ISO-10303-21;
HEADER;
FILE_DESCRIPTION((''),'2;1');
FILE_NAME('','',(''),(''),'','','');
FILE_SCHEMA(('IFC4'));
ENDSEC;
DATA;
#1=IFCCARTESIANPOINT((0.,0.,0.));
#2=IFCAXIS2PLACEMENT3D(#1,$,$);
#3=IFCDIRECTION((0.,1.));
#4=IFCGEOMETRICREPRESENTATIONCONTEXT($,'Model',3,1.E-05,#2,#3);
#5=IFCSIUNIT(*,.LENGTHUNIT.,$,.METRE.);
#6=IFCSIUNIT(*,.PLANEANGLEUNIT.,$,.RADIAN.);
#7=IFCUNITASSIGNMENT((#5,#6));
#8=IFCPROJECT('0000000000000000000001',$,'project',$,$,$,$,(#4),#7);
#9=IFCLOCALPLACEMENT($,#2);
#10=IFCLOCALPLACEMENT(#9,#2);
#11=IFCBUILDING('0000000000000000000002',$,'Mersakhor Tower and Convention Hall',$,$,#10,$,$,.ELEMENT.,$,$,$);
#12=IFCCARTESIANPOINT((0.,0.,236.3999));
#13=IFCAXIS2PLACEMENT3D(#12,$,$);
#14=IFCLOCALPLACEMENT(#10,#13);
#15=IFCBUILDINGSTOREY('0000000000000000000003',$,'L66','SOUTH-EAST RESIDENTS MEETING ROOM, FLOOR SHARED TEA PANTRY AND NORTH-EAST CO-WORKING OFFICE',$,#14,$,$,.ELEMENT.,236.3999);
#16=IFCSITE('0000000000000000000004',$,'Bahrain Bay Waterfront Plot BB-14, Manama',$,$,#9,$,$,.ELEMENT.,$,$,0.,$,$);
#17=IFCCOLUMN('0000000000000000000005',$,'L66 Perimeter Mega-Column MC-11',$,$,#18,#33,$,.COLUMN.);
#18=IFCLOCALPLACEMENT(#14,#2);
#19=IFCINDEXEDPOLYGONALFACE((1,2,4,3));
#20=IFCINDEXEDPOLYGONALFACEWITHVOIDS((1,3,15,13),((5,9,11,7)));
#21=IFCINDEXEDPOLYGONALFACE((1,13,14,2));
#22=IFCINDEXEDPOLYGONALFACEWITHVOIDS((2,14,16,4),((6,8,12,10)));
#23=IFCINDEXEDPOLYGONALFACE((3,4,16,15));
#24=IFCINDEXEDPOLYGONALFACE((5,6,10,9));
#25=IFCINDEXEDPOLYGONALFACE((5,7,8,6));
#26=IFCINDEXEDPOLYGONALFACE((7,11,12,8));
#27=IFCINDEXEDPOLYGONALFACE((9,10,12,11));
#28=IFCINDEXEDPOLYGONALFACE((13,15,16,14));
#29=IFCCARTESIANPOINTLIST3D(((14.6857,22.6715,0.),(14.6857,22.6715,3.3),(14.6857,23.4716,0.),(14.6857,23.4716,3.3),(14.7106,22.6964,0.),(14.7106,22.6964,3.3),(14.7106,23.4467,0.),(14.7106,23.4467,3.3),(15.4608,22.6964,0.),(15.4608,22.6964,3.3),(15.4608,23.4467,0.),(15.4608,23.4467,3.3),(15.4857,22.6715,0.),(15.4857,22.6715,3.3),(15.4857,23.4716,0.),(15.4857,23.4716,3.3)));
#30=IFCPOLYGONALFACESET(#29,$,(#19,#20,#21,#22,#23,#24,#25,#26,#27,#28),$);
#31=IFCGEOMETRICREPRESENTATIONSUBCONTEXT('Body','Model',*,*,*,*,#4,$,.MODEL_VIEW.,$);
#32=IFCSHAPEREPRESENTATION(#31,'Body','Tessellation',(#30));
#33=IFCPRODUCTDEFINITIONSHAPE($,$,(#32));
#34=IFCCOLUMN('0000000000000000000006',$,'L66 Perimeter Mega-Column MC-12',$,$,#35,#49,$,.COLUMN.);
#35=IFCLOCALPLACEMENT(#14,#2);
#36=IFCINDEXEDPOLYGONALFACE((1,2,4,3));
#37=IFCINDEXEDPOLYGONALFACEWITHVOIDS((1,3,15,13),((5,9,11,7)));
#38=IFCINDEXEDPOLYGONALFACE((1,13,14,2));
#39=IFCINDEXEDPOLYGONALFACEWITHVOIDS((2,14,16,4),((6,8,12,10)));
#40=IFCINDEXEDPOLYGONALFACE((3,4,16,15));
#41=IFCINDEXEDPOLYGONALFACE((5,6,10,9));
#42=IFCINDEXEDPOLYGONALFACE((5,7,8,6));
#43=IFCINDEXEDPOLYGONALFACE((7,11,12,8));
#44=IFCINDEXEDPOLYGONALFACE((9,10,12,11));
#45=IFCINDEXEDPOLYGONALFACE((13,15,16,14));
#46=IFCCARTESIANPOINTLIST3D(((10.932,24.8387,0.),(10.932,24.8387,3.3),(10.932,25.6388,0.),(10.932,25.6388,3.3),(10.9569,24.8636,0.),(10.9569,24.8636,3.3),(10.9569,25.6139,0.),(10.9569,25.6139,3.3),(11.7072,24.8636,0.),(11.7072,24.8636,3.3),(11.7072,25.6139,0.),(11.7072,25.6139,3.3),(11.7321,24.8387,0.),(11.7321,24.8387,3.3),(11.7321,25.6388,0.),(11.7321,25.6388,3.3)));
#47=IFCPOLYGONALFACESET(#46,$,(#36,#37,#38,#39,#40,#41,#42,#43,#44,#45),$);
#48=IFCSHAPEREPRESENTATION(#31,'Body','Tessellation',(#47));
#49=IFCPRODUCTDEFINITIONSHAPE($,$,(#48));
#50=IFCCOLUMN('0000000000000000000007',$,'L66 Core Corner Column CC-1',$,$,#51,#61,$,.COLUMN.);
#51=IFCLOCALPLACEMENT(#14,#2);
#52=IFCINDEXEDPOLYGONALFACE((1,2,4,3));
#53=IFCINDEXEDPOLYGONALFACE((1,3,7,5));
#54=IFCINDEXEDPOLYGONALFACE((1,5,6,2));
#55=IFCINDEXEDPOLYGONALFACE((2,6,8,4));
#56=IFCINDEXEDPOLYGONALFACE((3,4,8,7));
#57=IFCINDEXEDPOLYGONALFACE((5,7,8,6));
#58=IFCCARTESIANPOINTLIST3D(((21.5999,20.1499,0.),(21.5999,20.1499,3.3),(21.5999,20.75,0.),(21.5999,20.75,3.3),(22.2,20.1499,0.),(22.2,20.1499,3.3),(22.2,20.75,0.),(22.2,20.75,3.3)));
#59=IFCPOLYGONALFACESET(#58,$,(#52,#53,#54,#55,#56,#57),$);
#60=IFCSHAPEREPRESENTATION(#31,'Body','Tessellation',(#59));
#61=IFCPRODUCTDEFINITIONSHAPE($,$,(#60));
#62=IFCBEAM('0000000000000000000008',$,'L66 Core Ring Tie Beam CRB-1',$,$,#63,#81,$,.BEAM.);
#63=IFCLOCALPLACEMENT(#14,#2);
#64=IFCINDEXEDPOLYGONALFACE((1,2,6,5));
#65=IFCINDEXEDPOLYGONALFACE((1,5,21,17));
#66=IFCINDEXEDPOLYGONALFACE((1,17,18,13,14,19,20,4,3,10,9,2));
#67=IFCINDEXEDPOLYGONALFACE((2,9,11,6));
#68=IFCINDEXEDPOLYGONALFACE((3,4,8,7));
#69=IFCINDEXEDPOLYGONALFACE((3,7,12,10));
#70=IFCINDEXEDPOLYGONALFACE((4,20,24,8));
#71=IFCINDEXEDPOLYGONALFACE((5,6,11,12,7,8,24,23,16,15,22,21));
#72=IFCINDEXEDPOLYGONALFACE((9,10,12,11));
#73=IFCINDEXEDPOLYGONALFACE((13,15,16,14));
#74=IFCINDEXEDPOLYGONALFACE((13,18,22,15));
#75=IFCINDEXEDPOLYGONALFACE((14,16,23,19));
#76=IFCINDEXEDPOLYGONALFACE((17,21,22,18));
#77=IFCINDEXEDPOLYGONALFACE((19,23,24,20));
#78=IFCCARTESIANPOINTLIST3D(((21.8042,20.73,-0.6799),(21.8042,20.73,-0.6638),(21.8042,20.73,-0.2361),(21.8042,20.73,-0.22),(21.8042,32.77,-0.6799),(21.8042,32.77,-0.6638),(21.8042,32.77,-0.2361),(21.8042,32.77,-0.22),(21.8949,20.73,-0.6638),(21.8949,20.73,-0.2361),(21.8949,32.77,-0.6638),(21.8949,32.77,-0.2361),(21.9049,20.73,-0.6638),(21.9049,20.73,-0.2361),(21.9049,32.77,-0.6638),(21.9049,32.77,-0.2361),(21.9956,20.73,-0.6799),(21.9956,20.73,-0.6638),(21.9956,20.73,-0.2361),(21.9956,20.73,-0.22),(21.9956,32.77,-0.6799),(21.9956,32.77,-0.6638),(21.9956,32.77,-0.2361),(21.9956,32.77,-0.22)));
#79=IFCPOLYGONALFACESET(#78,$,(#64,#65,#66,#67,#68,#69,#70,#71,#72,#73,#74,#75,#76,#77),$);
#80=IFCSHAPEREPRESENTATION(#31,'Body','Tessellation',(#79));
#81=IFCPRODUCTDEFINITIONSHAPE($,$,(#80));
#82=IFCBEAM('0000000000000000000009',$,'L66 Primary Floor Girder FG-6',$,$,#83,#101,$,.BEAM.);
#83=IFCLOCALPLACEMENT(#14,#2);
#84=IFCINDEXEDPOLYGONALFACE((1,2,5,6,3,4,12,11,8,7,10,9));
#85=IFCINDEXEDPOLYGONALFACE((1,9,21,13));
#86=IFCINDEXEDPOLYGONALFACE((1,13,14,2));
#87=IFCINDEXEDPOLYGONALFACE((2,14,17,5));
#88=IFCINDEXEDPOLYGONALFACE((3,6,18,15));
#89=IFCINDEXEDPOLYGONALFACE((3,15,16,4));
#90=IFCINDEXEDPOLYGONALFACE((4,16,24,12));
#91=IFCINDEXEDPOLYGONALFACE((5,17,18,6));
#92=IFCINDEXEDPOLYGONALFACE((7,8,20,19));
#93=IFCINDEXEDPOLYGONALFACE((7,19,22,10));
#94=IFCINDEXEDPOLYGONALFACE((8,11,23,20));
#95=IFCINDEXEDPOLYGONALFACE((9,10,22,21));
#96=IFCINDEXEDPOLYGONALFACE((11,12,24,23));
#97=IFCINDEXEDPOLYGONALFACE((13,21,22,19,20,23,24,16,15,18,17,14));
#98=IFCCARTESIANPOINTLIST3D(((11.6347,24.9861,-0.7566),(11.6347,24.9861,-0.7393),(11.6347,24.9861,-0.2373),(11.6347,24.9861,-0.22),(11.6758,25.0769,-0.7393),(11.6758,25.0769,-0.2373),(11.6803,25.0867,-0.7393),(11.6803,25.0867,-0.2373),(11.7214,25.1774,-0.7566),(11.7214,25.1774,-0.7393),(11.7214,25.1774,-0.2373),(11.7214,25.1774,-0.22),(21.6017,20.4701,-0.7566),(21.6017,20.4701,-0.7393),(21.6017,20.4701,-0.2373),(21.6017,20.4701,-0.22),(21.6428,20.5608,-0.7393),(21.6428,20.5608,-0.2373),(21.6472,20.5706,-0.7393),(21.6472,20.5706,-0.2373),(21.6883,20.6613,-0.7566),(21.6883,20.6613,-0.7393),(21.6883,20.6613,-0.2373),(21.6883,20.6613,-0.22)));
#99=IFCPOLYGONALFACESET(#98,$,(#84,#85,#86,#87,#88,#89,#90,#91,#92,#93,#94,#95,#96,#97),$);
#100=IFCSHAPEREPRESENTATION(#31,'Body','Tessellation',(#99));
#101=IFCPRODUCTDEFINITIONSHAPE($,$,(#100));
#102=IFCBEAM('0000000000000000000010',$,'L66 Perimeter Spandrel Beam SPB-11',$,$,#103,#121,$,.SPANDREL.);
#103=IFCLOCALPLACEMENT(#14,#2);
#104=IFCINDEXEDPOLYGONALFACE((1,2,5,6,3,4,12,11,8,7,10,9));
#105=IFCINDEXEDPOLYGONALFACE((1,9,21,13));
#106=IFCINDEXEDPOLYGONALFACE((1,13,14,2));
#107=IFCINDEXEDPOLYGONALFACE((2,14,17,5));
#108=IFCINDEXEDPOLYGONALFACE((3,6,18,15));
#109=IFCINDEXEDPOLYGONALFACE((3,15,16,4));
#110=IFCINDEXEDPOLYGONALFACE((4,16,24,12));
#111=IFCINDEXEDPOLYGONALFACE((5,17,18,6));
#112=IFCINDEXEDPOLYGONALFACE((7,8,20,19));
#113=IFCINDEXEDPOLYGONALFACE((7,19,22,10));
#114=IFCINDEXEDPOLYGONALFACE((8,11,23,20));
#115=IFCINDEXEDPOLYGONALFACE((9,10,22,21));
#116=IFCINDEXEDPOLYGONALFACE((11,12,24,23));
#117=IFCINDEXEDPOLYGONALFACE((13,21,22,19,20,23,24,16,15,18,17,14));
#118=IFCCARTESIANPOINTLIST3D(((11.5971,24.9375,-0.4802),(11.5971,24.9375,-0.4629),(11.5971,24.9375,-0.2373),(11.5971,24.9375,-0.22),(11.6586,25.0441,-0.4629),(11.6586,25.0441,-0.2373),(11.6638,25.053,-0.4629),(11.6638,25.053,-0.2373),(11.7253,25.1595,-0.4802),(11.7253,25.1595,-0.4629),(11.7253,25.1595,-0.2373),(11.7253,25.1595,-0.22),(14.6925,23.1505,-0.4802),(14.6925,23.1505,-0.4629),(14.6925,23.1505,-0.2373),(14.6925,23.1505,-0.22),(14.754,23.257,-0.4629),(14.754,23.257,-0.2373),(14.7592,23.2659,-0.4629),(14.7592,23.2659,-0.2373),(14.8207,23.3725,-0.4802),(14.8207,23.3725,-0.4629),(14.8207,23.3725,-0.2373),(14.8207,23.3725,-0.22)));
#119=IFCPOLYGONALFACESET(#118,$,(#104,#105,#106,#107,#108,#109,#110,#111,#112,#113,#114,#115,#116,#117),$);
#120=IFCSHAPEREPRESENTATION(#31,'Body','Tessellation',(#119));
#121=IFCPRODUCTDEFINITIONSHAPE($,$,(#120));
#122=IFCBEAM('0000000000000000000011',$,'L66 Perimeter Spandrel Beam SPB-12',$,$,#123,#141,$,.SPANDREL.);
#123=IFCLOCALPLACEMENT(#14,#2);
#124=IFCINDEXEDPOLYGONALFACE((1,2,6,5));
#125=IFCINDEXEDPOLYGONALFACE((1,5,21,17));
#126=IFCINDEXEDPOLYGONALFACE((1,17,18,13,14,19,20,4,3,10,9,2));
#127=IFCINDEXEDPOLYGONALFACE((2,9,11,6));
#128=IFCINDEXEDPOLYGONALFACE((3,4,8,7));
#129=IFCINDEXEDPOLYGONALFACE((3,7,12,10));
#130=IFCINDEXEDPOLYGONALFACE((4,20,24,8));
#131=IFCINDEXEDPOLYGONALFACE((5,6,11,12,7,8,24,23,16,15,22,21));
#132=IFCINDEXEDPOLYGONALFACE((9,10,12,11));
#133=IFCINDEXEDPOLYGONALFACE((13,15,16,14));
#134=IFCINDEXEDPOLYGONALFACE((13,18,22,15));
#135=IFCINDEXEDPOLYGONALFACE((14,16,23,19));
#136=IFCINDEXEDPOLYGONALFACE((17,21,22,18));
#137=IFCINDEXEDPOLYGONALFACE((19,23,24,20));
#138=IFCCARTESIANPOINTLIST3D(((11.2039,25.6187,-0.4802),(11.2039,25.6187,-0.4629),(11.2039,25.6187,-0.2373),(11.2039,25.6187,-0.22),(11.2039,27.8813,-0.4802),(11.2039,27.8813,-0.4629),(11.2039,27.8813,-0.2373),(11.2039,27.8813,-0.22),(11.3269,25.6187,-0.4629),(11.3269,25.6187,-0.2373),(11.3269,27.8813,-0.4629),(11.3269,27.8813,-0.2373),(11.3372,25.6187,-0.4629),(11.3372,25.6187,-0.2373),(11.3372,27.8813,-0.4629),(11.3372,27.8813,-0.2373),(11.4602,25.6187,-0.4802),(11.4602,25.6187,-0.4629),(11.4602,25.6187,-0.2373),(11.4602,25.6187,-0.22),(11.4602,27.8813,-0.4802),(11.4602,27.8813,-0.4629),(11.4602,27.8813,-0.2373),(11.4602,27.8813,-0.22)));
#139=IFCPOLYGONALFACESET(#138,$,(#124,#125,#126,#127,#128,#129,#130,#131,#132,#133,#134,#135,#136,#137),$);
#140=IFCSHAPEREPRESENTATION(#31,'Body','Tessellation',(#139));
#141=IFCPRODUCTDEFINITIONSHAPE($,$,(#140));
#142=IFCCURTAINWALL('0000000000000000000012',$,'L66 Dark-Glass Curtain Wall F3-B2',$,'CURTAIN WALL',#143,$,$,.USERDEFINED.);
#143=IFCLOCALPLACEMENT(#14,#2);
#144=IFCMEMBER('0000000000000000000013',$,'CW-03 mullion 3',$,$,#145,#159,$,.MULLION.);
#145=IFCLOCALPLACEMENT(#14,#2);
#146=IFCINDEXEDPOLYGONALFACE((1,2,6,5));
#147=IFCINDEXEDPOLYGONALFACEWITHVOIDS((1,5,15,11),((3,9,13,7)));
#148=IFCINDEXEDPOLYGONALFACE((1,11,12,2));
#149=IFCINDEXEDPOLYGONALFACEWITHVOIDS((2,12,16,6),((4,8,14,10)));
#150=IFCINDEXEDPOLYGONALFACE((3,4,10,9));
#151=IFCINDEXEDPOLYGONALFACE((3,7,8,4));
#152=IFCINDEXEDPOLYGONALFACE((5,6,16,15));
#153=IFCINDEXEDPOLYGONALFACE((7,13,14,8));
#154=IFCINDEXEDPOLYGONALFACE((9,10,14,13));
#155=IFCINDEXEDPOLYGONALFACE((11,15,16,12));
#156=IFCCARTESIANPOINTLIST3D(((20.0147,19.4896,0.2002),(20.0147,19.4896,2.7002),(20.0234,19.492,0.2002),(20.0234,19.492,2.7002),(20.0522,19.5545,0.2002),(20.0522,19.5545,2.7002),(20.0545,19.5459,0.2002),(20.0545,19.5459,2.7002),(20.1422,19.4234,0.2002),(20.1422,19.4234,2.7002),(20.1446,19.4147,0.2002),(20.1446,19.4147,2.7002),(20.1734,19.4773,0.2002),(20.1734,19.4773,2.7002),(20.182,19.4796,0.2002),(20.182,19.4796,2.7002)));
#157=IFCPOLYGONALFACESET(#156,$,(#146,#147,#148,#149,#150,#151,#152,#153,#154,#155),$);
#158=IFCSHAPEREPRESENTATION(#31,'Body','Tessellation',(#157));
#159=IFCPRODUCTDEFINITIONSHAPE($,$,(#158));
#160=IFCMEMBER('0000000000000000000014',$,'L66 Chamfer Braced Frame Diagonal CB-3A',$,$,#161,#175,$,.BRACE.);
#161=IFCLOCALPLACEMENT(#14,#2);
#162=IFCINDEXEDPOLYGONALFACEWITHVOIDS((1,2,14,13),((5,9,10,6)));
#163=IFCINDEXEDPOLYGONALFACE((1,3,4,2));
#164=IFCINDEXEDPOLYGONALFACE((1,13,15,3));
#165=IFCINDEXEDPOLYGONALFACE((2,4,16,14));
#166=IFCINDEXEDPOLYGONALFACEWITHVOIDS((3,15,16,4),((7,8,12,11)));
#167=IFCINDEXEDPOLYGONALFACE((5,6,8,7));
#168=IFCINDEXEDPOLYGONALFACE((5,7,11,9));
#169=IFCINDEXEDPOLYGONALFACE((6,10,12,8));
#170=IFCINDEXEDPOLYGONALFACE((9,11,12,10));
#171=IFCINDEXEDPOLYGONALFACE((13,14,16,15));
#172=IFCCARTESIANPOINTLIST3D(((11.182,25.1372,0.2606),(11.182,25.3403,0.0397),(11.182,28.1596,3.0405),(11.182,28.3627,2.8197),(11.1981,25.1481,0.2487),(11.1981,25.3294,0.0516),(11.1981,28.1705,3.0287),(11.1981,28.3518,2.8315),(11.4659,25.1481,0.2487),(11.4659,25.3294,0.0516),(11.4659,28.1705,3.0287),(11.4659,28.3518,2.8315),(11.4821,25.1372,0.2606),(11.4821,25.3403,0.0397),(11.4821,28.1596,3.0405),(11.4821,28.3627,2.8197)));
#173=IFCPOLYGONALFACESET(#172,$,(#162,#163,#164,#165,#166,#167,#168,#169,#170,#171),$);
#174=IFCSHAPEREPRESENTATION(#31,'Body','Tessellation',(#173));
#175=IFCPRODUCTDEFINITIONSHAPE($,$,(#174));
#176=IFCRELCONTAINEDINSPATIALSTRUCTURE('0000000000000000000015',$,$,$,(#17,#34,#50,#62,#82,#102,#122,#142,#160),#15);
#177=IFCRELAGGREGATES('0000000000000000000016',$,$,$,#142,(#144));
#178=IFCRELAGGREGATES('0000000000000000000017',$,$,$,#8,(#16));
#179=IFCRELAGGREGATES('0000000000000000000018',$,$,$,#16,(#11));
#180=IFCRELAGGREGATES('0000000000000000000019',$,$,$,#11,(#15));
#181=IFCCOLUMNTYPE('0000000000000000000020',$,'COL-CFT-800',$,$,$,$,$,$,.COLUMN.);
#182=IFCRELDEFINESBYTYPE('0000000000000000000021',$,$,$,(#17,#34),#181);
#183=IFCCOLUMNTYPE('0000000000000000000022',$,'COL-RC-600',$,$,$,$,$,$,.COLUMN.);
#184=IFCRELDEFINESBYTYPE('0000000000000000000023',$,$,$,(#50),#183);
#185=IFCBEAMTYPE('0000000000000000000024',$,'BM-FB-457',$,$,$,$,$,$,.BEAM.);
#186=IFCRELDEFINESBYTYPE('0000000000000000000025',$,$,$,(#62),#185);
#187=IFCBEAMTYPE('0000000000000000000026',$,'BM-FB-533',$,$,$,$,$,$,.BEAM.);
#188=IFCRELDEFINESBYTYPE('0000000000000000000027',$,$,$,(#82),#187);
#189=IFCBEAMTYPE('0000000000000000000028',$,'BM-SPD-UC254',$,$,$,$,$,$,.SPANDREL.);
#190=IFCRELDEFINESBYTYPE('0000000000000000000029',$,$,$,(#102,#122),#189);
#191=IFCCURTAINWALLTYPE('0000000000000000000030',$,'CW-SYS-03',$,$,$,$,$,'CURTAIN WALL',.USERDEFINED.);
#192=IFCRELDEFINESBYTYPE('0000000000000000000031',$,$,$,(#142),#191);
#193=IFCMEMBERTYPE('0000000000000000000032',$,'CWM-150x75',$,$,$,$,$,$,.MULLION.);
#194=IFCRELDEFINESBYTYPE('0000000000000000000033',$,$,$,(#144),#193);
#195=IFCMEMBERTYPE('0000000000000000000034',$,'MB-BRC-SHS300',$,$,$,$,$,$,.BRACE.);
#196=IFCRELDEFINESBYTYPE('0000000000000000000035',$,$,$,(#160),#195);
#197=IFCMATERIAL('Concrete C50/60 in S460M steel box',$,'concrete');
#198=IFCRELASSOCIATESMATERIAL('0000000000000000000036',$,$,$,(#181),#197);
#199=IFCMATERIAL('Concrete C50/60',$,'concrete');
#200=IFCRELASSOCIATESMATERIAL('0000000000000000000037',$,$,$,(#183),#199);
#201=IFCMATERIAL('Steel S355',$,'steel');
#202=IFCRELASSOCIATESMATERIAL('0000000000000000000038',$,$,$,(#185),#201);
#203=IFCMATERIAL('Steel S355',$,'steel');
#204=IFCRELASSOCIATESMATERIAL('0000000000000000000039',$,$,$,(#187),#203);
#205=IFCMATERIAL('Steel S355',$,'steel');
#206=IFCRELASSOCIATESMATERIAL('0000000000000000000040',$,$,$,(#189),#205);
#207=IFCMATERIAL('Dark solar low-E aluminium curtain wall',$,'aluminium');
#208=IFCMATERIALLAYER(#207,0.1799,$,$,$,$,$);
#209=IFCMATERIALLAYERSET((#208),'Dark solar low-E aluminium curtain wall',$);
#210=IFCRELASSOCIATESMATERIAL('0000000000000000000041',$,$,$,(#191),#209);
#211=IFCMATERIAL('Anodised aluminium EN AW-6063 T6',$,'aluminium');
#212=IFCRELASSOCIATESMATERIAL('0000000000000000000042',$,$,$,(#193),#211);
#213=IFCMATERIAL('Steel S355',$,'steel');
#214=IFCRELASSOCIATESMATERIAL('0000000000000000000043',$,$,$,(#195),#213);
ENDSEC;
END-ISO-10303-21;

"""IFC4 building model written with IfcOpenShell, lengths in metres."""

from ifc_helpers import new_model, si_unit, direction, frame, origin, origin_2d, place, context, subcontext, project, spatial, rectangle, hollow_rectangle, i_section, extrude, material, layer, layer_set, material_profile, profile_set, type_object, element, aggregate, save


model = new_model("IFC4")

# Units and contexts
model_context = context("Model", 3, precision=1e-05, world=origin(), true_north=direction((0.0, 1.0)))
body_context = subcontext(model_context, "Body", "Model", "MODEL_VIEW")
ifc_project = project(units=[si_unit("LENGTHUNIT", "METRE"), si_unit("PLANEANGLEUNIT", "RADIAN")], contexts=[model_context])

# Site, building, storey
site_placement = place(None, origin())
site = spatial("IfcSite", under=ifc_project, at=site_placement, Name="Bahrain Bay Waterfront Plot BB-14, Manama", CompositionType="ELEMENT", RefElevation=0.0)
building_placement = place(site_placement, origin())
building = spatial("IfcBuilding", under=site, at=building_placement, Name="Mersakhor Tower and Convention Hall", CompositionType="ELEMENT")
storey_placement = place(building_placement, frame((0.0, 0.0, 236.3999)))
storey = spatial("IfcBuildingStorey", under=building, at=storey_placement, Name="L66", Description="SOUTH-EAST RESIDENTS MEETING ROOM, FLOOR SHARED TEA PANTRY AND NORTH-EAST CO-WORKING OFFICE", CompositionType="ELEMENT", Elevation=236.3999)

# Columns
ifc_material_1 = material(Name="Concrete C50/60 in S460M steel box", Category="concrete")
ifc_material_profile_1 = material_profile(ifc_material_1, hollow_rectangle(XDim=0.8, YDim=0.8, WallThickness=0.0249, at=origin_2d()), Name="SHS 800x800x25")
ifc_profile_set_1 = profile_set([ifc_material_profile_1], Name="Concrete C50/60 in S460M steel box")
column_type_1 = type_object("IfcColumnType", Name="COL-CFT-800", PredefinedType="COLUMN", material=ifc_profile_set_1)
for number, where, z_axis, x_axis, name in (
    (1, (15.0857, 23.0715, 0.0), (0.0, 0.0, 1.0), (1.0, 0.0, 0.0), "L66 Perimeter Mega-Column MC-11"),
    (2, (11.332, 25.2388, 0.0), (0.0, 0.0, 1.0), (1.0, 0.0, 0.0), "L66 Perimeter Mega-Column MC-12"),
):
    element("IfcColumn", number, at=place(storey_placement, frame(where, z_axis=z_axis, x_axis=x_axis)), inside=storey, type_object=column_type_1, Name=name, PredefinedType="COLUMN", context=body_context, shape_type="SweptSolid", body=[
        extrude(hollow_rectangle(XDim=0.8, YDim=0.8, WallThickness=0.0249, at=origin_2d()), origin(), (0.0, 0.0, 1.0), 3.3),
    ])
ifc_material_2 = material(Name="Concrete C50/60", Category="concrete")
ifc_material_profile_2 = material_profile(ifc_material_2, rectangle(XDim=0.6001, YDim=0.6001, at=origin_2d()), Name="RC 600x600")
ifc_profile_set_2 = profile_set([ifc_material_profile_2], Name="Concrete C50/60")
column_type_2 = type_object("IfcColumnType", Name="COL-RC-600", PredefinedType="COLUMN", material=ifc_profile_set_2)
column_placement = place(storey_placement, frame((21.8999, 20.45, 0.0), z_axis=(0.0, 0.0, 1.0), x_axis=(1.0, 0.0, 0.0)))
element("IfcColumn", 3, at=column_placement, inside=storey, type_object=column_type_2, Name="L66 Core Corner Column CC-1", PredefinedType="COLUMN", context=body_context, shape_type="SweptSolid", body=[
    extrude(rectangle(XDim=0.6001, YDim=0.6001, at=origin_2d()), origin(), (0.0, 0.0, 1.0), 3.3),
])

# Beams
ifc_material_3 = material(Name="Steel S355", Category="steel")
ifc_material_profile_3 = material_profile(ifc_material_3, i_section(OverallWidth=0.1914, OverallDepth=0.46, WebThickness=0.01, FlangeThickness=0.0161, at=origin_2d()), Name="UB 457x191x82")
ifc_profile_set_3 = profile_set([ifc_material_profile_3], Name="Steel S355")
beam_type_1 = type_object("IfcBeamType", Name="BM-FB-457", PredefinedType="BEAM", material=ifc_profile_set_3)
beam_1_placement = place(storey_placement, frame((21.8999, 20.73, -0.45), z_axis=(0.0, 1.0, 0.0), x_axis=(-1.0, 0.0, 0.0)))
element("IfcBeam", 4, at=beam_1_placement, inside=storey, type_object=beam_type_1, Name="L66 Core Ring Tie Beam CRB-1", PredefinedType="BEAM", context=body_context, shape_type="SweptSolid", body=[
    extrude(i_section(OverallWidth=0.1914, OverallDepth=0.46, WebThickness=0.01, FlangeThickness=0.0161, at=origin_2d()), origin(), (0.0, 0.0, 1.0), 12.04),
])
ifc_material_4 = material(Name="Steel S355", Category="steel")
ifc_material_profile_4 = material_profile(ifc_material_4, i_section(OverallWidth=0.21, OverallDepth=0.5366, WebThickness=0.0107, FlangeThickness=0.0173, at=origin_2d()), Name="UB 533x210x101")
ifc_profile_set_4 = profile_set([ifc_material_profile_4], Name="Steel S355")
beam_type_2 = type_object("IfcBeamType", Name="BM-FB-533", PredefinedType="BEAM", material=ifc_profile_set_4)
beam_2_placement = place(storey_placement, frame((21.645, 20.5657, -0.4883), z_axis=(-0.91086, 0.412715, 0.0), x_axis=(-0.412715, -0.91086, 0.0)))
element("IfcBeam", 5, at=beam_2_placement, inside=storey, type_object=beam_type_2, Name="L66 Primary Floor Girder FG-6", PredefinedType="BEAM", context=body_context, shape_type="SweptSolid", body=[
    extrude(i_section(OverallWidth=0.21, OverallDepth=0.5366, WebThickness=0.0107, FlangeThickness=0.0173, at=origin_2d()), origin(), (0.0, 0.0, 1.0), 10.9424),
])
ifc_material_5 = material(Name="Steel S355", Category="steel")
ifc_material_profile_5 = material_profile(ifc_material_5, i_section(OverallWidth=0.2563, OverallDepth=0.2603, WebThickness=0.0103, FlangeThickness=0.0173, at=origin_2d()), Name="UC 254x254x89")
ifc_profile_set_5 = profile_set([ifc_material_profile_5], Name="Steel S355")
beam_type_3 = type_object("IfcBeamType", Name="BM-SPD-UC254", PredefinedType="SPANDREL", material=ifc_profile_set_5)
beam_3_placement = place(storey_placement, frame((14.7566, 23.2615, -0.3501), z_axis=(-0.866032, 0.499989, 0.0), x_axis=(-0.499989, -0.866032, 0.0)))
element("IfcBeam", 6, at=beam_3_placement, inside=storey, type_object=beam_type_3, Name="L66 Perimeter Spandrel Beam SPB-11", PredefinedType="SPANDREL", context=body_context, shape_type="SweptSolid", body=[
    extrude(i_section(OverallWidth=0.2563, OverallDepth=0.2603, WebThickness=0.0103, FlangeThickness=0.0173, at=origin_2d()), origin(), (0.0, 0.0, 1.0), 3.5742),
])
beam_4_placement = place(storey_placement, frame((11.332, 25.6187, -0.3501), z_axis=(0.0, 1.0, 0.0), x_axis=(-1.0, 0.0, 0.0)))
element("IfcBeam", 7, at=beam_4_placement, inside=storey, type_object=beam_type_3, Name="L66 Perimeter Spandrel Beam SPB-12", PredefinedType="SPANDREL", context=body_context, shape_type="SweptSolid", body=[
    extrude(i_section(OverallWidth=0.2563, OverallDepth=0.2603, WebThickness=0.0103, FlangeThickness=0.0173, at=origin_2d()), origin(), (0.0, 0.0, 1.0), 2.2627),
])

# Curtain wall, member
ifc_material_6 = material(Name="Dark solar low-E aluminium curtain wall", Category="aluminium")
ifc_layer_1 = layer(ifc_material_6, 0.1799)
ifc_layer_set_1 = layer_set([ifc_layer_1], Name="Dark solar low-E aluminium curtain wall")
curtain_wall_type = type_object("IfcCurtainWallType", Name="CW-SYS-03", ElementType="CURTAIN WALL", PredefinedType="USERDEFINED", material=ifc_layer_set_1)
curtain_wall_placement = place(storey_placement, origin())
curtain_wall = element("IfcCurtainWall", 8, at=curtain_wall_placement, inside=storey, type_object=curtain_wall_type, Name="L66 Dark-Glass Curtain Wall F3-B2", ObjectType="CURTAIN WALL", PredefinedType="USERDEFINED")
ifc_material_7 = material(Name="Anodised aluminium EN AW-6063 T6", Category="aluminium")
ifc_material_profile_6 = material_profile(ifc_material_7, hollow_rectangle(XDim=0.075, YDim=0.1499, WallThickness=0.0063, at=origin_2d()), Name="RHS 150x75x6.3")
ifc_profile_set_6 = profile_set([ifc_material_profile_6], Name="Anodised aluminium EN AW-6063 T6")
member_type_1 = type_object("IfcMemberType", Name="CWM-150x75", PredefinedType="MULLION", material=ifc_profile_set_6)
member_1_placement = place(storey_placement, frame((20.0984, 19.4846, 0.2002), z_axis=(0.0, 0.0, 1.0), x_axis=(-0.500004, -0.866023, 0.0)))
member_1 = element("IfcMember", 9, at=member_1_placement, type_object=member_type_1, Name="CW-03 mullion 3", PredefinedType="MULLION", context=body_context, shape_type="SweptSolid", body=[
    extrude(hollow_rectangle(XDim=0.075, YDim=0.1499, WallThickness=0.0063, at=origin_2d()), origin(), (0.0, 0.0, 1.0), 2.5),
])

# Member
ifc_material_8 = material(Name="Steel S355", Category="steel")
ifc_material_profile_7 = material_profile(ifc_material_8, hollow_rectangle(XDim=0.3, YDim=0.3, WallThickness=0.0161, at=origin_2d()), Name="SHS 300x300x16")
ifc_profile_set_7 = profile_set([ifc_material_profile_7], Name="Steel S355")
member_type_2 = type_object("IfcMemberType", Name="MB-BRC-SHS300", PredefinedType="BRACE", material=ifc_profile_set_7)
member_2_placement = place(storey_placement, frame((11.332, 25.2388, 0.1501), z_axis=(0.0, 0.736008, 0.676973), x_axis=(-1.0, 0.0, 0.0)))
element("IfcMember", 10, at=member_2_placement, inside=storey, type_object=member_type_2, Name="L66 Chamfer Braced Frame Diagonal CB-3A", PredefinedType="BRACE", context=body_context, shape_type="SweptSolid", body=[
    extrude(hollow_rectangle(XDim=0.3, YDim=0.3, WallThickness=0.0161, at=origin_2d()), origin(), (0.0, 0.0, 1.0), 4.1064),
])

aggregate(curtain_wall, [member_1])

save(model, "model.ifc")
